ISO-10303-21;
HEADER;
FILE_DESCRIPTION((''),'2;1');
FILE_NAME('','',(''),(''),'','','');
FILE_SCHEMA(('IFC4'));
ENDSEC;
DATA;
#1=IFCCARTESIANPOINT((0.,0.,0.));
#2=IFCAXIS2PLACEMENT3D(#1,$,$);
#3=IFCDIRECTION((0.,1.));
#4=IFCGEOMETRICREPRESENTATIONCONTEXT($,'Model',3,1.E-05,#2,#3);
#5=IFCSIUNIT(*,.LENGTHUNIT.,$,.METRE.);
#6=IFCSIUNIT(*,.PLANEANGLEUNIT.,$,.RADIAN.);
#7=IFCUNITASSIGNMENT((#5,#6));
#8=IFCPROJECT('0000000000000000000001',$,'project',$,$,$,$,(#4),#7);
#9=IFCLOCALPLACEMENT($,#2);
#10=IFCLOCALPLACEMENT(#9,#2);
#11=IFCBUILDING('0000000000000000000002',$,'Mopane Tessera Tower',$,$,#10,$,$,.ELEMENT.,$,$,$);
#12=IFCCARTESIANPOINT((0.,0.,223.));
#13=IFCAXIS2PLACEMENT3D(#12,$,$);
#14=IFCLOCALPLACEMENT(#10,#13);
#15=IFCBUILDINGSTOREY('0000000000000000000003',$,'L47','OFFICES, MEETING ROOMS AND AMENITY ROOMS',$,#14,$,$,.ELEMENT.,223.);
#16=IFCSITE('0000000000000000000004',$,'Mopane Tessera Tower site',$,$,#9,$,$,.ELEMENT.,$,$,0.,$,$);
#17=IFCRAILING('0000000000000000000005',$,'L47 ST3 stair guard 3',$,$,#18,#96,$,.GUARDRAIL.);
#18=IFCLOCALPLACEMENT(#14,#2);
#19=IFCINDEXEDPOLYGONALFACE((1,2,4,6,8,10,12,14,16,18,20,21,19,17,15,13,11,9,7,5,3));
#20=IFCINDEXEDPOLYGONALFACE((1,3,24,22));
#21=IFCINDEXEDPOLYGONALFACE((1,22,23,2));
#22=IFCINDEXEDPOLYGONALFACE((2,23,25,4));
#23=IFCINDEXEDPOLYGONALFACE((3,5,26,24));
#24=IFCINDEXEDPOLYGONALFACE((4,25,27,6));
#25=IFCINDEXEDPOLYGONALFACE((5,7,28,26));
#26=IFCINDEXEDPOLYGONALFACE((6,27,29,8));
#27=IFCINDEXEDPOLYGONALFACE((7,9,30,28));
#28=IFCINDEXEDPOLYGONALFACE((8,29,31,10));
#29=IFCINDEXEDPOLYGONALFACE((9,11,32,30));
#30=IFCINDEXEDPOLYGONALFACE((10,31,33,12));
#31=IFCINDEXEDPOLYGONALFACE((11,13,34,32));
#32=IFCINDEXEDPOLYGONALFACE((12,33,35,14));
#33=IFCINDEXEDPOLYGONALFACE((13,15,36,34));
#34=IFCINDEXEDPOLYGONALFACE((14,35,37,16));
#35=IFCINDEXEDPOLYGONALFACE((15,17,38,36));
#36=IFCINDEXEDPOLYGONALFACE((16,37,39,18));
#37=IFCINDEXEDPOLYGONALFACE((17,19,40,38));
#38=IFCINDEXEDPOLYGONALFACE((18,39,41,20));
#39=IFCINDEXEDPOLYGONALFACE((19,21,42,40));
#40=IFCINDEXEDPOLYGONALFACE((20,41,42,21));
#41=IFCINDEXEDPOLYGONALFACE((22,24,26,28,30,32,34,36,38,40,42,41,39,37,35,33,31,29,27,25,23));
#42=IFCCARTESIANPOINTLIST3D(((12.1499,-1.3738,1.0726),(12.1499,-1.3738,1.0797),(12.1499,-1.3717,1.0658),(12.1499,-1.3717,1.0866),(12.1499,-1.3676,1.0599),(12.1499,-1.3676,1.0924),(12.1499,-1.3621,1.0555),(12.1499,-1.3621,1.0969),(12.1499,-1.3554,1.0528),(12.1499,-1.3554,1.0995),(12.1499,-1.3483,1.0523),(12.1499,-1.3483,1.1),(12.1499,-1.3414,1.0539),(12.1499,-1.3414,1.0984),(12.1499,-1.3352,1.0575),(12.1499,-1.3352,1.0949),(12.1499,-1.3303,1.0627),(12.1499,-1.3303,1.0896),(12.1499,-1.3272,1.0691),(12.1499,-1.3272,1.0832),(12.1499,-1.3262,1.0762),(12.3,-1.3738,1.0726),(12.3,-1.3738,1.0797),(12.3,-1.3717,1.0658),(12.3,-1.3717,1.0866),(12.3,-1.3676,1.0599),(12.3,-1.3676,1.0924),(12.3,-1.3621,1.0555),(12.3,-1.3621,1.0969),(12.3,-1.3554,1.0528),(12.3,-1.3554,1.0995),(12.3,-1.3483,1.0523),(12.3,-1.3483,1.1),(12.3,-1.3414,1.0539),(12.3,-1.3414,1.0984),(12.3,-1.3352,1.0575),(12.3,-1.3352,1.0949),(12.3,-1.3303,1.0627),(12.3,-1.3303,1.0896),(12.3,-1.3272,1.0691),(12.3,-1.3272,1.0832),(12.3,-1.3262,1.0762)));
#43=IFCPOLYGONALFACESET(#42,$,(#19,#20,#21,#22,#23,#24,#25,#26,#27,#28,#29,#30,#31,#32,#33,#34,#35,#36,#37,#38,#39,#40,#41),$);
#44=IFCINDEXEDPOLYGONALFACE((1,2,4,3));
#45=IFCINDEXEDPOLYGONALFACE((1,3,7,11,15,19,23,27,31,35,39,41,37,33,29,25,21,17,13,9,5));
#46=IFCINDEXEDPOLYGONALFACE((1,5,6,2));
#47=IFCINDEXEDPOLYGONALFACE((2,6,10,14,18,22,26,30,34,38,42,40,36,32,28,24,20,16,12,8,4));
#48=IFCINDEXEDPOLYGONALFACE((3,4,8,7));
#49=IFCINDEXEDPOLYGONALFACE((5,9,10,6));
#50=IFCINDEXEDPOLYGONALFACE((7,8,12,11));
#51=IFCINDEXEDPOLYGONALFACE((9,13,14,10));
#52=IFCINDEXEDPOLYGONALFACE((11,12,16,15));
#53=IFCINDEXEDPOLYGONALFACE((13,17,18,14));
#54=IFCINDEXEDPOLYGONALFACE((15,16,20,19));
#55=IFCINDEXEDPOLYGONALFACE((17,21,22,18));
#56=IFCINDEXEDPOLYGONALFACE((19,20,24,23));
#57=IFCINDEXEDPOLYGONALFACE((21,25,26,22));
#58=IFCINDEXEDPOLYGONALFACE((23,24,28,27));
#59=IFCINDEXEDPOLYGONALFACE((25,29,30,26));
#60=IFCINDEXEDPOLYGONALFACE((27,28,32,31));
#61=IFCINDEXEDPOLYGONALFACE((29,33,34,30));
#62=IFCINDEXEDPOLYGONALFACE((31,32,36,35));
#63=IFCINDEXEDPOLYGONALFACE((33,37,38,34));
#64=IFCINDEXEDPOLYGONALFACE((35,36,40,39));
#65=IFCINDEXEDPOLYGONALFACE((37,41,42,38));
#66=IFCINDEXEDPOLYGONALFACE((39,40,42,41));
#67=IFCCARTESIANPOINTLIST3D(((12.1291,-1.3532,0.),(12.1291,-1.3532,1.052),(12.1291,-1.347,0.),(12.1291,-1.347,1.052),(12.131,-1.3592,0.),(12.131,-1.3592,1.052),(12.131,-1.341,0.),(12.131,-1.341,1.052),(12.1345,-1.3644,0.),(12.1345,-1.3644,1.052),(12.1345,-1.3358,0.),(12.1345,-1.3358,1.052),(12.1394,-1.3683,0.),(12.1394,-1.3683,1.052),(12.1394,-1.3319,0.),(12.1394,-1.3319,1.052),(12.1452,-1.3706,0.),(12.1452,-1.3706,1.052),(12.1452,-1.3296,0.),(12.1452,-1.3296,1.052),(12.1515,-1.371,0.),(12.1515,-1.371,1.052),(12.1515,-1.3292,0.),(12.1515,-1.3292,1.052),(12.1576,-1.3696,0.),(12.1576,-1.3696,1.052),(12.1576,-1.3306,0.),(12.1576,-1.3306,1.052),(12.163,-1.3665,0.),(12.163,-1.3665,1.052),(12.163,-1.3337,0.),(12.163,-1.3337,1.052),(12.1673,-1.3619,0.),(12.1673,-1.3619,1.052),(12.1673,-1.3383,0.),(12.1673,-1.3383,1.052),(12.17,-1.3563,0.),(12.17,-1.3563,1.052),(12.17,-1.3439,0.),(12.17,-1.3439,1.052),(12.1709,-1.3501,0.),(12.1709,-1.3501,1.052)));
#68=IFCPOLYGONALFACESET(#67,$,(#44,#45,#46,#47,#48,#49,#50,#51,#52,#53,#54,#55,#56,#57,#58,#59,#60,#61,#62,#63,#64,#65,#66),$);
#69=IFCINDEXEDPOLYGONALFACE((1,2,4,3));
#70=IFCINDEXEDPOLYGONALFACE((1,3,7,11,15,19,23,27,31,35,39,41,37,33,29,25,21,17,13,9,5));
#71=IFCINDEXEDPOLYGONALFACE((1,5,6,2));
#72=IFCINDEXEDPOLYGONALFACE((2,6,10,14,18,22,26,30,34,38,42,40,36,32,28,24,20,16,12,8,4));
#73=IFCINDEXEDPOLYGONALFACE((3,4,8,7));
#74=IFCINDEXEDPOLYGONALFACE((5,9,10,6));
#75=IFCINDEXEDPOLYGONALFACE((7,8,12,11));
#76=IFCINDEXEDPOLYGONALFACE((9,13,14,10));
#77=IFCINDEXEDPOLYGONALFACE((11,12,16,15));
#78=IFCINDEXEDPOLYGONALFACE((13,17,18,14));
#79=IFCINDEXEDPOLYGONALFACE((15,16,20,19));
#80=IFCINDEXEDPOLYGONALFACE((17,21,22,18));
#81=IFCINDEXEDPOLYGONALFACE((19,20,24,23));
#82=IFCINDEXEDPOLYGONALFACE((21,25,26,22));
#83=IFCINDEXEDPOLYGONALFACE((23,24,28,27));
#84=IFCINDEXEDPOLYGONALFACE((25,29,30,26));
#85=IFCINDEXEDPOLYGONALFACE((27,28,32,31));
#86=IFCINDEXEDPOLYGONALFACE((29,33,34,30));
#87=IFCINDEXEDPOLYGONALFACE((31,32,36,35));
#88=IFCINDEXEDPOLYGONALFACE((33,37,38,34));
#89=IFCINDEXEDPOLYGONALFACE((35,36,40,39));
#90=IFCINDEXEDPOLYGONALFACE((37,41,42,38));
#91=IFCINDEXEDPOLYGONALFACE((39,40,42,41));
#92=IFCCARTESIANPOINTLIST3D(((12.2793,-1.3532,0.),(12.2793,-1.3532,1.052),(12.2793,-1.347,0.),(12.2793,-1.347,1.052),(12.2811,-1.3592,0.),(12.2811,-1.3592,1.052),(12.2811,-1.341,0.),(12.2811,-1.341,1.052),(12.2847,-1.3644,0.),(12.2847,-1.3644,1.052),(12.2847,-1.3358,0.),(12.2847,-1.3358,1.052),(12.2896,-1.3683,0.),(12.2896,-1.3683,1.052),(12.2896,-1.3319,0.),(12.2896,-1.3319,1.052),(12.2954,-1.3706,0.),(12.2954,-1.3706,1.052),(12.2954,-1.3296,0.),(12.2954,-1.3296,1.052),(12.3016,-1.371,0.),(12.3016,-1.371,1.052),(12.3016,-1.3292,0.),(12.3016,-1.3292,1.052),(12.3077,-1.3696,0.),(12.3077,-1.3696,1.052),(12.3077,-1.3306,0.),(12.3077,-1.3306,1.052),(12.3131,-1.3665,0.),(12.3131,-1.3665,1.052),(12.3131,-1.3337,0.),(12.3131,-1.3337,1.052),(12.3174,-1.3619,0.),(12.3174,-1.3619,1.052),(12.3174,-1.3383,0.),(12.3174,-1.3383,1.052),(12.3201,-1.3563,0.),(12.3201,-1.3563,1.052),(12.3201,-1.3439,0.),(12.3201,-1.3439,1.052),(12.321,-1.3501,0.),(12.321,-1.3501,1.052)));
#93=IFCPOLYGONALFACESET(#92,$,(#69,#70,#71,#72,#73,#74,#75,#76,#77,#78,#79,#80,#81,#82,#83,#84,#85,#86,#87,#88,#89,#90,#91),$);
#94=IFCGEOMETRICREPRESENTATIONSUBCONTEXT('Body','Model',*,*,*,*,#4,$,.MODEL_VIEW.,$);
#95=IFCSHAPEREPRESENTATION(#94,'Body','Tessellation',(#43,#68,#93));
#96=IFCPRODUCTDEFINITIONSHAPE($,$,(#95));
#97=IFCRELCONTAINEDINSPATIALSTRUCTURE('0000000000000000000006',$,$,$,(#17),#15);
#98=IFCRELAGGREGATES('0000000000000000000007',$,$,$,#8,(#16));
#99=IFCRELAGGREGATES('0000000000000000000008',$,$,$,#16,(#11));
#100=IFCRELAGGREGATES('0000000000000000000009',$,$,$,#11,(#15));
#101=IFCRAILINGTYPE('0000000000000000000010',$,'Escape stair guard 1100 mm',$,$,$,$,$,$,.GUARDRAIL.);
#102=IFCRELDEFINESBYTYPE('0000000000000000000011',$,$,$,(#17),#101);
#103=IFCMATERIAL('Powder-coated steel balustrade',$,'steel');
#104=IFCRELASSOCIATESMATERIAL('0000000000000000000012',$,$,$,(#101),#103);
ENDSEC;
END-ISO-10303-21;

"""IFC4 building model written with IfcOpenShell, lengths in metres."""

from ifc_helpers import new_model, si_unit, direction, frame, origin, origin_2d, place, context, subcontext, project, spatial, circle, extrude, material, type_object, element, save


model = new_model("IFC4")

# Units and contexts
model_context = context("Model", 3, precision=1e-05, world=origin(), true_north=direction((0.0, 1.0)))
body_context = subcontext(model_context, "Body", "Model", "MODEL_VIEW")
ifc_project = project(units=[si_unit("LENGTHUNIT", "METRE"), si_unit("PLANEANGLEUNIT", "RADIAN")], contexts=[model_context])

# Site, building, storey
site_placement = place(None, origin())
site = spatial("IfcSite", under=ifc_project, at=site_placement, Name="Mopane Tessera Tower site", CompositionType="ELEMENT", RefElevation=0.0)
building_placement = place(site_placement, origin())
building = spatial("IfcBuilding", under=site, at=building_placement, Name="Mopane Tessera Tower", CompositionType="ELEMENT")
storey_placement = place(building_placement, frame((0.0, 0.0, 223.0)))
storey = spatial("IfcBuildingStorey", under=building, at=storey_placement, Name="L47", Description="OFFICES, MEETING ROOMS AND AMENITY ROOMS", CompositionType="ELEMENT", Elevation=223.0)

# Railing
ifc_material_1 = material(Name="Powder-coated steel balustrade", Category="steel")
railing_type_1 = type_object("IfcRailingType", Name="Escape stair guard 1100 mm", PredefinedType="GUARDRAIL", material=ifc_material_1)
railing_1_placement = place(storey_placement, frame((12.1499, -1.3501, 0.0)))
element("IfcRailing", 1, at=railing_1_placement, inside=storey, type_object=railing_type_1, Name="L47 ST3 stair guard 3", PredefinedType="GUARDRAIL", context=body_context, shape_type="SweptSolid", body=[
    extrude(circle(Radius=0.0239, at=origin_2d()), frame((0.0, 0.0, 1.0762), z_axis=(1.0, 0.0, 0.0), x_axis=(0.0, 1.0, 0.0)), (0.0, 0.0, 1.0), 0.1501),
    extrude(circle(Radius=0.021, at=origin_2d()), origin(), (0.0, 0.0, 1.0), 1.052),
    extrude(circle(Radius=0.021, at=origin_2d()), frame((0.1501, 0.0, 0.0)), (0.0, 0.0, 1.0), 1.052),
])

save(model, "model.ifc")
